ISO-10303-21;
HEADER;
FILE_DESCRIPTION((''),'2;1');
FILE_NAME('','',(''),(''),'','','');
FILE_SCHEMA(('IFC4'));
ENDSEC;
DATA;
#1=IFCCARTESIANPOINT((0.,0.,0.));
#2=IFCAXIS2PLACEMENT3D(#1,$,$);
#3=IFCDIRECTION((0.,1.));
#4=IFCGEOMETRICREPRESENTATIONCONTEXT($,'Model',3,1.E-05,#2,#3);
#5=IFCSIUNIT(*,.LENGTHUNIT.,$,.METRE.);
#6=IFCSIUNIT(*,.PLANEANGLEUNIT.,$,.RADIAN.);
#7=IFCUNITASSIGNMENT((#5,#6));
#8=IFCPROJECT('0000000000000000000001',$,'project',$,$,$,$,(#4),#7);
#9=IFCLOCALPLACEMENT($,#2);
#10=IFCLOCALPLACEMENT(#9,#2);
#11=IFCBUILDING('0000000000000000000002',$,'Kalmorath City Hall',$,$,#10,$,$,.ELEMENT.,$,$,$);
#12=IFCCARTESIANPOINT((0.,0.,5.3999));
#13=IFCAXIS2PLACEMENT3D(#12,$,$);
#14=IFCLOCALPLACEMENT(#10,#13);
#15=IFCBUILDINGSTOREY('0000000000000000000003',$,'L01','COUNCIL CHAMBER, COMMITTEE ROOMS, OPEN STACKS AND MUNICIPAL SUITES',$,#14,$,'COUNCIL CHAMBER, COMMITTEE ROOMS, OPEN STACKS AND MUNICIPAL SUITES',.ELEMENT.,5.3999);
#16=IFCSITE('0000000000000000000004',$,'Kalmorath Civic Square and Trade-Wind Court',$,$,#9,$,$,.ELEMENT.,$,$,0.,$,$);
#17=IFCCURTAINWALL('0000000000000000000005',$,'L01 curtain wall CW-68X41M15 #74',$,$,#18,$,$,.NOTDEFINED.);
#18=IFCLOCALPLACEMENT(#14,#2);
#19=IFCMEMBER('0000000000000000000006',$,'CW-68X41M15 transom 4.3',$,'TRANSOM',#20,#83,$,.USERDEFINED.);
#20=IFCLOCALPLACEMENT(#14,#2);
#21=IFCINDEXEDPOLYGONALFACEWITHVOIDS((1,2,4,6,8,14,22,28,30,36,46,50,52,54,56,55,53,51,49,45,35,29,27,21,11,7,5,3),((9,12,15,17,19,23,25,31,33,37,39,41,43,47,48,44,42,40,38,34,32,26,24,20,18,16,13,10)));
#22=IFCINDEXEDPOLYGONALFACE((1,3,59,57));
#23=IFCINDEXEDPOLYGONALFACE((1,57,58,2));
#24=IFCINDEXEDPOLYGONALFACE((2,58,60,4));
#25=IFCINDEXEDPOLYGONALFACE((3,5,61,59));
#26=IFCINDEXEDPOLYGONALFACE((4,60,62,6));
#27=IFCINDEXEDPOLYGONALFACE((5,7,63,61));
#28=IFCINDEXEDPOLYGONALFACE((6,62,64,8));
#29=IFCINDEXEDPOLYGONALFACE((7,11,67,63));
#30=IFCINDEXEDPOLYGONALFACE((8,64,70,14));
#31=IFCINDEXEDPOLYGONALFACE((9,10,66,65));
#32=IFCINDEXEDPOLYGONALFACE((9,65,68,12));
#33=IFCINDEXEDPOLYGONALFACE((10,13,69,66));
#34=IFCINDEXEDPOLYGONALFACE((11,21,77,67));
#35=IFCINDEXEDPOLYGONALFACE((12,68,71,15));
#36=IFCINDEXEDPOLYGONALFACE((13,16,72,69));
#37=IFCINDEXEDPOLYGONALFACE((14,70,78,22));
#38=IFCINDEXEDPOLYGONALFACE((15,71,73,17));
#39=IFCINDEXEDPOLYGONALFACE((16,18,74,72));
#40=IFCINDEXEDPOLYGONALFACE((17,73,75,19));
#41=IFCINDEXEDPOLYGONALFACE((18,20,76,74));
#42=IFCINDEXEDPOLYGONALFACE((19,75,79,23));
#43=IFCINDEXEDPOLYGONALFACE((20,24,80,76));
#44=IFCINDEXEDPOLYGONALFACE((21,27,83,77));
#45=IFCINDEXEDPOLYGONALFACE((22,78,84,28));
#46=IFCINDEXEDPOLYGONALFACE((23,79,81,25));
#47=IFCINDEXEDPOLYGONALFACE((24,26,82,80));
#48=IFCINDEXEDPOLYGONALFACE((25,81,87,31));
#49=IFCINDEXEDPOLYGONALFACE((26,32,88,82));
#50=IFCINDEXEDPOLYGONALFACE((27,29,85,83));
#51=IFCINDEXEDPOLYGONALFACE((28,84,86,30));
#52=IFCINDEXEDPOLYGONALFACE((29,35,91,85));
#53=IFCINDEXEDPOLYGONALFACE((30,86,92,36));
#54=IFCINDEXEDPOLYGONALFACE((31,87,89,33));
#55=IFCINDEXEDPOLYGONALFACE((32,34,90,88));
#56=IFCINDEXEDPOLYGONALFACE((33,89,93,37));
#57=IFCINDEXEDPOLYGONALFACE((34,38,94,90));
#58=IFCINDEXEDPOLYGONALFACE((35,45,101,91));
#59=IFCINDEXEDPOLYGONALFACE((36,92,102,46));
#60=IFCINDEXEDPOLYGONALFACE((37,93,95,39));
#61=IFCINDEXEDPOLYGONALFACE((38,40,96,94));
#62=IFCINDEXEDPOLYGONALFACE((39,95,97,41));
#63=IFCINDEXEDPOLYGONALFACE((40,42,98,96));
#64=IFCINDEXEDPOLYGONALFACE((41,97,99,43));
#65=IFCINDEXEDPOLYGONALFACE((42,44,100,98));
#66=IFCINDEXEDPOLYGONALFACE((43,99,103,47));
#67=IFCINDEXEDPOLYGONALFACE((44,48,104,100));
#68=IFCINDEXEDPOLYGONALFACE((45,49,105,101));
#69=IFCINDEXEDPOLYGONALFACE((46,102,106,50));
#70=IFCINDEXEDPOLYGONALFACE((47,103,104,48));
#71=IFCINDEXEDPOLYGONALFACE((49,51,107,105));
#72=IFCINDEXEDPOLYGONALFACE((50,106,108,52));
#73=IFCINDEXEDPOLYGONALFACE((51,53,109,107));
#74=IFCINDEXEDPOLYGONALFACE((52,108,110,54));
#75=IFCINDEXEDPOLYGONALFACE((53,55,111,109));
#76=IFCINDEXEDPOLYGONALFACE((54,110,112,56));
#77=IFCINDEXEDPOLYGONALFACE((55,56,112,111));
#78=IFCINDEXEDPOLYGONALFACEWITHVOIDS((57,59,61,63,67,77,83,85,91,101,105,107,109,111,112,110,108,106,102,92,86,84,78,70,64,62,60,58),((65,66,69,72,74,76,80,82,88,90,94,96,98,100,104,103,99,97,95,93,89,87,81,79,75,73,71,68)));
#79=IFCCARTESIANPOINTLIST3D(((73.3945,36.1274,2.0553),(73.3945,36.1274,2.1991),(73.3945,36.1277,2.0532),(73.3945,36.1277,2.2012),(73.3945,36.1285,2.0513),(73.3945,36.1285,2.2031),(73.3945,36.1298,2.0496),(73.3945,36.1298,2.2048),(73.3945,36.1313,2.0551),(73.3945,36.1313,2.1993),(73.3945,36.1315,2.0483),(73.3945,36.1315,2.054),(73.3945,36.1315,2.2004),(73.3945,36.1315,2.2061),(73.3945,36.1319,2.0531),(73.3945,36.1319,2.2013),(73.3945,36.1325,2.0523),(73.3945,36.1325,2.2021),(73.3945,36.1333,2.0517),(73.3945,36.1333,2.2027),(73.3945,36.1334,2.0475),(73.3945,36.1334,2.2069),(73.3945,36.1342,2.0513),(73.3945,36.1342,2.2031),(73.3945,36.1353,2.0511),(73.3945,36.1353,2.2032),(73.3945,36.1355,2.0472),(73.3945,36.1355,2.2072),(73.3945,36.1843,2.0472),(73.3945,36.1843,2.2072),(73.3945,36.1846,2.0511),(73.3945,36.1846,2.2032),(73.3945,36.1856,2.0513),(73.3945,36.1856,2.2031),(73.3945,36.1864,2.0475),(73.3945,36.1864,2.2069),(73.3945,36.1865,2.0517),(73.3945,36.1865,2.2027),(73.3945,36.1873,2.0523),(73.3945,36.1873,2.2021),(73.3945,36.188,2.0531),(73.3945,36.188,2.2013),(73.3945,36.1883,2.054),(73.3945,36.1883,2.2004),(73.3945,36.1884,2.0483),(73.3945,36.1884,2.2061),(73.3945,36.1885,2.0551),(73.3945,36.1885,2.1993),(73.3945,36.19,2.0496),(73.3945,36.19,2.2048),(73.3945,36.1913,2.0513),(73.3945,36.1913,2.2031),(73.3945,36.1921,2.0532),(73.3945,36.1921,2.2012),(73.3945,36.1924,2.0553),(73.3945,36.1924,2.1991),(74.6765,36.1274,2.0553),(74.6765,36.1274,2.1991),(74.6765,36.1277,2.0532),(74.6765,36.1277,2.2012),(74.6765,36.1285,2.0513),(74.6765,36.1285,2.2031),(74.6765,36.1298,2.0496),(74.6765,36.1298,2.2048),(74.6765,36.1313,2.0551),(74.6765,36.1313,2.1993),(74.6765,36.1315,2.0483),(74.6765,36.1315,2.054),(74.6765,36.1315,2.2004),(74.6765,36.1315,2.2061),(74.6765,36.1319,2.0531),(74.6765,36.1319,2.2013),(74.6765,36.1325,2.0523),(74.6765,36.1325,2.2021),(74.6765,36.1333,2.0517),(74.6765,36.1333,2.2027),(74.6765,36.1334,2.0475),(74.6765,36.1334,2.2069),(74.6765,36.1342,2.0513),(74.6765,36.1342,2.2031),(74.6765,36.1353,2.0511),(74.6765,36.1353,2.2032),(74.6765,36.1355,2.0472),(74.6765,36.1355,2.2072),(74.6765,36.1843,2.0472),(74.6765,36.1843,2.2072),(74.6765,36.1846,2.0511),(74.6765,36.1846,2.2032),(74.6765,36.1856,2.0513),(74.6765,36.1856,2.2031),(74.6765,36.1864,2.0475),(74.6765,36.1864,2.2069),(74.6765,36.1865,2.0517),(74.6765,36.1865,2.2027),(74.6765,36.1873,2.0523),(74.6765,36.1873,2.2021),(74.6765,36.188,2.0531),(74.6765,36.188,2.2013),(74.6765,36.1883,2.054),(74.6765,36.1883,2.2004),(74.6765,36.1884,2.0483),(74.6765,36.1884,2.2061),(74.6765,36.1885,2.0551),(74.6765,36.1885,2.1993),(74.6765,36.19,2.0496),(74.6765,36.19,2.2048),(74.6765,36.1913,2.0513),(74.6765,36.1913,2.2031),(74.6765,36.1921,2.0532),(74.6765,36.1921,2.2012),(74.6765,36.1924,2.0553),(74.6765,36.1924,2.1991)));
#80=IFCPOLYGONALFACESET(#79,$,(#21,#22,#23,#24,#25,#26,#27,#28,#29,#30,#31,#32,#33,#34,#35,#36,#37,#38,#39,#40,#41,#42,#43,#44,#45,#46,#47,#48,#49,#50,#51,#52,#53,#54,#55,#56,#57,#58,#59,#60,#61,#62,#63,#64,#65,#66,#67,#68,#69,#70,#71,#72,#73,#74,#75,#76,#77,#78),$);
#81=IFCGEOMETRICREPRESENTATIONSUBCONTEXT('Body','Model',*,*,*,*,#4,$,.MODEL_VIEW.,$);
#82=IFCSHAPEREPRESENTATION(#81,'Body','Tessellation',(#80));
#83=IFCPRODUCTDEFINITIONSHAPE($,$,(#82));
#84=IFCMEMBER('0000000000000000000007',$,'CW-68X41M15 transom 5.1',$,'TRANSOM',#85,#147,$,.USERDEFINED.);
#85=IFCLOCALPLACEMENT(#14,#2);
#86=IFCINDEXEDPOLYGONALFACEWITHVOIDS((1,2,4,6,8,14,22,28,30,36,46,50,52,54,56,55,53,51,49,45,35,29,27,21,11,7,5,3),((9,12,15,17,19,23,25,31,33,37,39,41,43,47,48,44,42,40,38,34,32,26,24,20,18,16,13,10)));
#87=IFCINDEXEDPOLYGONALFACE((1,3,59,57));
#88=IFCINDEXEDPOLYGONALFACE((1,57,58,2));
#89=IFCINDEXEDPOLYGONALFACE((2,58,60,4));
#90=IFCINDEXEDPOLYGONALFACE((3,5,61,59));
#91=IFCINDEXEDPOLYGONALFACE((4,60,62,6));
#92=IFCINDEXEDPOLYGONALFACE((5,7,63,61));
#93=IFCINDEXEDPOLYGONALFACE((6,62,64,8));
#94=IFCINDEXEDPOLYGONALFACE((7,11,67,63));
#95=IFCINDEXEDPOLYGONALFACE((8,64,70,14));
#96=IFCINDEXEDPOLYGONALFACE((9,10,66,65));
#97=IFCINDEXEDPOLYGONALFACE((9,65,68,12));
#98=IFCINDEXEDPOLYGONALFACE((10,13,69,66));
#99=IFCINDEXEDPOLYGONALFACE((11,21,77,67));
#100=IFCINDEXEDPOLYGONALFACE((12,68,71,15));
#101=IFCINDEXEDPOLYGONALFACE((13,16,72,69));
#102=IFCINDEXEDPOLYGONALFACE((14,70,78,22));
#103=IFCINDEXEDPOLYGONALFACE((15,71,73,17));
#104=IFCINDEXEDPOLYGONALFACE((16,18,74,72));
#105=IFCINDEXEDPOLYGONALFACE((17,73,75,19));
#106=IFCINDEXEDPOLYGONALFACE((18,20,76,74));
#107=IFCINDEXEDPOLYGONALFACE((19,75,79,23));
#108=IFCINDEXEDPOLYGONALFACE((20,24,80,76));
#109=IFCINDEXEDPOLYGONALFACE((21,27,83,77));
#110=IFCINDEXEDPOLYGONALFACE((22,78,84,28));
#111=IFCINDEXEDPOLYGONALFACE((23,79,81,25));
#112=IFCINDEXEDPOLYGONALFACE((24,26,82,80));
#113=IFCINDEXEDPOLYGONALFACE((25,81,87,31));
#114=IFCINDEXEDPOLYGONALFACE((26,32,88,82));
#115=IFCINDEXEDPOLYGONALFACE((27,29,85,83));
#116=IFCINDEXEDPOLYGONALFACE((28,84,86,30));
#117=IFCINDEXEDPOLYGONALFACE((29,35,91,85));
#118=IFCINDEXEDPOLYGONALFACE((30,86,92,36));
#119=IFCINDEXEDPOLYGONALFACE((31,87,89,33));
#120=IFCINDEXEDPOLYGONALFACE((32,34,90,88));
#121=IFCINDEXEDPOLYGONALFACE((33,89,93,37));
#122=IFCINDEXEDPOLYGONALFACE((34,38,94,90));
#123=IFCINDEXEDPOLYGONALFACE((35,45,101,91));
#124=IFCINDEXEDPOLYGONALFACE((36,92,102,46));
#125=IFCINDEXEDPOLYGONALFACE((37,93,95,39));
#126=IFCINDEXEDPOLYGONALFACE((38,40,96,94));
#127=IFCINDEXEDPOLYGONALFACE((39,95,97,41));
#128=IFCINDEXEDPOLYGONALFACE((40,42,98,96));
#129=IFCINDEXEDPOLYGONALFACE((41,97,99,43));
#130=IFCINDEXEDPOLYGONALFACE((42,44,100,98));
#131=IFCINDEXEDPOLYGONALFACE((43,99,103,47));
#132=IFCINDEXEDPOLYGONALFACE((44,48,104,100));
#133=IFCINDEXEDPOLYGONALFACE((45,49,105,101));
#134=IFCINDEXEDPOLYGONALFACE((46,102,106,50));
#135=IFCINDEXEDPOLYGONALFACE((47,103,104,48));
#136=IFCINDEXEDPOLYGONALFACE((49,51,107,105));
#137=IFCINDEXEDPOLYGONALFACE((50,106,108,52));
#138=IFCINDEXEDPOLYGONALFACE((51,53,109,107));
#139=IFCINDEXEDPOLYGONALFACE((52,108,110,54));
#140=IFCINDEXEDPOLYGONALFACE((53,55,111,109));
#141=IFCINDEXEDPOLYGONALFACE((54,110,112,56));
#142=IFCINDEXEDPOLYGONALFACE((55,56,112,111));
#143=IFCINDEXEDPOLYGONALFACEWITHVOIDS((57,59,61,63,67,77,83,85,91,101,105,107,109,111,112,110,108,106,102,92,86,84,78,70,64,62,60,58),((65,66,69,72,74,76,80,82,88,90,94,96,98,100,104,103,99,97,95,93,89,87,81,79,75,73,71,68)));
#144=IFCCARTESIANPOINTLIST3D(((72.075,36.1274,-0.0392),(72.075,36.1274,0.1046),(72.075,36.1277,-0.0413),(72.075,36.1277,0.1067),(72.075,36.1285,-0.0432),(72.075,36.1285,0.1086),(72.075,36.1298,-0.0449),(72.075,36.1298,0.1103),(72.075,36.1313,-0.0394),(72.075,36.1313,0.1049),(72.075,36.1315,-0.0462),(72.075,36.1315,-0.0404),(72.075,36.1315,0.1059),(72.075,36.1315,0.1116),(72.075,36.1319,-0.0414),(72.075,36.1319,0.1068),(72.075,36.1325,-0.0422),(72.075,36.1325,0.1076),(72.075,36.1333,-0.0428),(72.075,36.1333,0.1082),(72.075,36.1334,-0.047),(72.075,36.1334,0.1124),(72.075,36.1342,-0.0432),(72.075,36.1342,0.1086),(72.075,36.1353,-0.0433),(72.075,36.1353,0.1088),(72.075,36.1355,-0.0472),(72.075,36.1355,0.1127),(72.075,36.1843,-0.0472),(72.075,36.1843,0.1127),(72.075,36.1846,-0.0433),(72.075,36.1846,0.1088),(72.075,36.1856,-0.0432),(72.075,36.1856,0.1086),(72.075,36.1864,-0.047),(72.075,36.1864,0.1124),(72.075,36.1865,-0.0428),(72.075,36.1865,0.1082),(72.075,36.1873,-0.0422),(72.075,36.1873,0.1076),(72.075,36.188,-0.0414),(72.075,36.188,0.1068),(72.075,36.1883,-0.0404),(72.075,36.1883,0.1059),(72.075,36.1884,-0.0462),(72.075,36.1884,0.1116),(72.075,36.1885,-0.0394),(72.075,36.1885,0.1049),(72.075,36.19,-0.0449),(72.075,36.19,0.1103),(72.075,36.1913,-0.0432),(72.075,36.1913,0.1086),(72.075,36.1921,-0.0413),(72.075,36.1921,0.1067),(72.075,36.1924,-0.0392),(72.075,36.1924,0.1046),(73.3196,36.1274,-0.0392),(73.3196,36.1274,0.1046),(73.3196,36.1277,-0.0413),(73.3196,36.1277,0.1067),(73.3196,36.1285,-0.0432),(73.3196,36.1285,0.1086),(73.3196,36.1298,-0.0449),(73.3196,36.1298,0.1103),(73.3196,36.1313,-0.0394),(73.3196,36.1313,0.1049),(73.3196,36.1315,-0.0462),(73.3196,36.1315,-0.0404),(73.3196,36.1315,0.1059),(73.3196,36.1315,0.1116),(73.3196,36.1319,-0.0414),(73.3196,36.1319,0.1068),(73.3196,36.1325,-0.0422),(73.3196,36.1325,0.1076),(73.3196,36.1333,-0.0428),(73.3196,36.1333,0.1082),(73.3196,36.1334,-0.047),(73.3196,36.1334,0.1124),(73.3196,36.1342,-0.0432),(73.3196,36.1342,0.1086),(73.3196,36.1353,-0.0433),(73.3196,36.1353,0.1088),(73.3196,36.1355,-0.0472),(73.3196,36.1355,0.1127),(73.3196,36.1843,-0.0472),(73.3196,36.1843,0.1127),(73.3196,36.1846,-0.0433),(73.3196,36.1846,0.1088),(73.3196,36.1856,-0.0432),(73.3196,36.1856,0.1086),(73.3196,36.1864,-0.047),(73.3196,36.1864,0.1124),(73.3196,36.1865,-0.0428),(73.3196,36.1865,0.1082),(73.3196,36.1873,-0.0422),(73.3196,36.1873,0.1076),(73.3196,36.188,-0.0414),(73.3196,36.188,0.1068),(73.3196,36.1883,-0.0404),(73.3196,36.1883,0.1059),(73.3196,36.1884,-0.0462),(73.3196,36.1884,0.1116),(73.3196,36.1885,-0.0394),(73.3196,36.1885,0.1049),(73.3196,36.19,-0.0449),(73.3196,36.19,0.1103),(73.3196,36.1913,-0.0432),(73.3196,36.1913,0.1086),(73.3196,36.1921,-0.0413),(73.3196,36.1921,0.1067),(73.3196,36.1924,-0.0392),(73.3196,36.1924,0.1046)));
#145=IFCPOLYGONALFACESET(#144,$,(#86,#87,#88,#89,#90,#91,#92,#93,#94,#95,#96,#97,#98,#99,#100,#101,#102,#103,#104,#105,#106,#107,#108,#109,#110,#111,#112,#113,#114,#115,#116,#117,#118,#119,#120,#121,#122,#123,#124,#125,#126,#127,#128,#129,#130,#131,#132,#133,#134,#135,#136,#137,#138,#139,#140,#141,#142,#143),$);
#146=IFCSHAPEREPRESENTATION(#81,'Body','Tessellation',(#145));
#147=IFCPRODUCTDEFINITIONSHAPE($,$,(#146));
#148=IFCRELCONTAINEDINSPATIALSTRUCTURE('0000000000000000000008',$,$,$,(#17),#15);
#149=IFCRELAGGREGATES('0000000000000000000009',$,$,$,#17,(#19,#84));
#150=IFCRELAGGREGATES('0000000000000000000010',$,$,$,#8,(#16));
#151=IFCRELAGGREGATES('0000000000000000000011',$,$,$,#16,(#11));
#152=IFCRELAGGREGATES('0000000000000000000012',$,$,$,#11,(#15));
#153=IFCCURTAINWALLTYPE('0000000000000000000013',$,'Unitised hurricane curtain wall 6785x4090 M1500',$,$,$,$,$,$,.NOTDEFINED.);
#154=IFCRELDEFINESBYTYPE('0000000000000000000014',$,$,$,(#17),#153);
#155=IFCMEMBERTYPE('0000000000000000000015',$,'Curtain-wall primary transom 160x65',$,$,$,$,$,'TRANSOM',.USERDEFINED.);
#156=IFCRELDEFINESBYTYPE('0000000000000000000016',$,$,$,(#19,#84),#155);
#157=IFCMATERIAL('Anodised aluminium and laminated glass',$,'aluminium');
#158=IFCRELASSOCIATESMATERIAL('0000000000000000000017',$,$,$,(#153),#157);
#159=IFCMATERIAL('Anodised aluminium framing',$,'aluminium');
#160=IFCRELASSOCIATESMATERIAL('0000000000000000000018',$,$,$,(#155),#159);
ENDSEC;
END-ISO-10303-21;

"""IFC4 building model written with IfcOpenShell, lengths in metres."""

from ifc_helpers import new_model, si_unit, direction, frame, origin, origin_2d, place, context, subcontext, project, spatial, hollow_rectangle, extrude, material, material_profile, profile_set, type_object, element, aggregate, save


model = new_model("IFC4")

# Units and contexts
model_context = context("Model", 3, precision=1e-05, world=origin(), true_north=direction((0.0, 1.0)))
body_context = subcontext(model_context, "Body", "Model", "MODEL_VIEW")
ifc_project = project(units=[si_unit("LENGTHUNIT", "METRE"), si_unit("PLANEANGLEUNIT", "RADIAN")], contexts=[model_context])

# Site, building, storey
site_placement = place(None, origin())
site = spatial("IfcSite", under=ifc_project, at=site_placement, Name="Kalmorath Civic Square and Trade-Wind Court", CompositionType="ELEMENT", RefElevation=0.0)
building_placement = place(site_placement, origin())
building = spatial("IfcBuilding", under=site, at=building_placement, Name="Kalmorath City Hall", CompositionType="ELEMENT")
storey_placement = place(building_placement, frame((0.0, 0.0, 5.3999)))
storey = spatial("IfcBuildingStorey", under=building, at=storey_placement, Name="L01", Description="COUNCIL CHAMBER, COMMITTEE ROOMS, OPEN STACKS AND MUNICIPAL SUITES", LongName="COUNCIL CHAMBER, COMMITTEE ROOMS, OPEN STACKS AND MUNICIPAL SUITES", CompositionType="ELEMENT", Elevation=5.3999)

# Curtain wall
ifc_material_1 = material(Name="Anodised aluminium and laminated glass", Category="aluminium")
curtain_wall_type_1 = type_object("IfcCurtainWallType", Name="Unitised hurricane curtain wall 6785x4090 M1500", PredefinedType="NOTDEFINED", material=ifc_material_1)
curtain_wall_1_placement = place(storey_placement, origin())
curtain_wall_1 = element("IfcCurtainWall", 1, at=curtain_wall_1_placement, inside=storey, type_object=curtain_wall_type_1, Name="L01 curtain wall CW-68X41M15 #74", PredefinedType="NOTDEFINED")

# Members
ifc_material_2 = material(Name="Anodised aluminium framing", Category="aluminium")
ifc_material_profile_1 = material_profile(ifc_material_2, hollow_rectangle(XDim=0.0649, YDim=0.1599, WallThickness=0.0039, InnerFilletRadius=0.0039, OuterFilletRadius=0.0081, at=origin_2d()), Name="ALU-TRN-160X65X4")
ifc_profile_set_1 = profile_set([ifc_material_profile_1], Name="Anodised aluminium framing")
member_type_1 = type_object("IfcMemberType", Name="Curtain-wall primary transom 160x65", ElementType="TRANSOM", PredefinedType="USERDEFINED", material=ifc_profile_set_1)
member_1_placement = place(storey_placement, frame((74.6765, 36.1599, 2.1272), z_axis=(-1.0, 0.0, 0.0), x_axis=(0.0, -1.0, 0.0)))
member_1 = element("IfcMember", 2, at=member_1_placement, type_object=member_type_1, Name="CW-68X41M15 transom 4.3", ObjectType="TRANSOM", PredefinedType="USERDEFINED", context=body_context, shape_type="SweptSolid", body=[
    extrude(hollow_rectangle(XDim=0.0649, YDim=0.1599, WallThickness=0.0039, InnerFilletRadius=0.0039, OuterFilletRadius=0.0081, at=origin_2d()), origin(), (0.0, 0.0, 1.0), 1.282),
])
member_2_placement = place(storey_placement, frame((73.3196, 36.1599, 0.0327), z_axis=(-1.0, 0.0, 0.0), x_axis=(0.0, -1.0, 0.0)))
member_2 = element("IfcMember", 3, at=member_2_placement, type_object=member_type_1, Name="CW-68X41M15 transom 5.1", ObjectType="TRANSOM", PredefinedType="USERDEFINED", context=body_context, shape_type="SweptSolid", body=[
    extrude(hollow_rectangle(XDim=0.0649, YDim=0.1599, WallThickness=0.0039, InnerFilletRadius=0.0039, OuterFilletRadius=0.0081, at=origin_2d()), origin(), (0.0, 0.0, 1.0), 1.2446),
])

aggregate(curtain_wall_1, [member_1, member_2])

save(model, "model.ifc")
